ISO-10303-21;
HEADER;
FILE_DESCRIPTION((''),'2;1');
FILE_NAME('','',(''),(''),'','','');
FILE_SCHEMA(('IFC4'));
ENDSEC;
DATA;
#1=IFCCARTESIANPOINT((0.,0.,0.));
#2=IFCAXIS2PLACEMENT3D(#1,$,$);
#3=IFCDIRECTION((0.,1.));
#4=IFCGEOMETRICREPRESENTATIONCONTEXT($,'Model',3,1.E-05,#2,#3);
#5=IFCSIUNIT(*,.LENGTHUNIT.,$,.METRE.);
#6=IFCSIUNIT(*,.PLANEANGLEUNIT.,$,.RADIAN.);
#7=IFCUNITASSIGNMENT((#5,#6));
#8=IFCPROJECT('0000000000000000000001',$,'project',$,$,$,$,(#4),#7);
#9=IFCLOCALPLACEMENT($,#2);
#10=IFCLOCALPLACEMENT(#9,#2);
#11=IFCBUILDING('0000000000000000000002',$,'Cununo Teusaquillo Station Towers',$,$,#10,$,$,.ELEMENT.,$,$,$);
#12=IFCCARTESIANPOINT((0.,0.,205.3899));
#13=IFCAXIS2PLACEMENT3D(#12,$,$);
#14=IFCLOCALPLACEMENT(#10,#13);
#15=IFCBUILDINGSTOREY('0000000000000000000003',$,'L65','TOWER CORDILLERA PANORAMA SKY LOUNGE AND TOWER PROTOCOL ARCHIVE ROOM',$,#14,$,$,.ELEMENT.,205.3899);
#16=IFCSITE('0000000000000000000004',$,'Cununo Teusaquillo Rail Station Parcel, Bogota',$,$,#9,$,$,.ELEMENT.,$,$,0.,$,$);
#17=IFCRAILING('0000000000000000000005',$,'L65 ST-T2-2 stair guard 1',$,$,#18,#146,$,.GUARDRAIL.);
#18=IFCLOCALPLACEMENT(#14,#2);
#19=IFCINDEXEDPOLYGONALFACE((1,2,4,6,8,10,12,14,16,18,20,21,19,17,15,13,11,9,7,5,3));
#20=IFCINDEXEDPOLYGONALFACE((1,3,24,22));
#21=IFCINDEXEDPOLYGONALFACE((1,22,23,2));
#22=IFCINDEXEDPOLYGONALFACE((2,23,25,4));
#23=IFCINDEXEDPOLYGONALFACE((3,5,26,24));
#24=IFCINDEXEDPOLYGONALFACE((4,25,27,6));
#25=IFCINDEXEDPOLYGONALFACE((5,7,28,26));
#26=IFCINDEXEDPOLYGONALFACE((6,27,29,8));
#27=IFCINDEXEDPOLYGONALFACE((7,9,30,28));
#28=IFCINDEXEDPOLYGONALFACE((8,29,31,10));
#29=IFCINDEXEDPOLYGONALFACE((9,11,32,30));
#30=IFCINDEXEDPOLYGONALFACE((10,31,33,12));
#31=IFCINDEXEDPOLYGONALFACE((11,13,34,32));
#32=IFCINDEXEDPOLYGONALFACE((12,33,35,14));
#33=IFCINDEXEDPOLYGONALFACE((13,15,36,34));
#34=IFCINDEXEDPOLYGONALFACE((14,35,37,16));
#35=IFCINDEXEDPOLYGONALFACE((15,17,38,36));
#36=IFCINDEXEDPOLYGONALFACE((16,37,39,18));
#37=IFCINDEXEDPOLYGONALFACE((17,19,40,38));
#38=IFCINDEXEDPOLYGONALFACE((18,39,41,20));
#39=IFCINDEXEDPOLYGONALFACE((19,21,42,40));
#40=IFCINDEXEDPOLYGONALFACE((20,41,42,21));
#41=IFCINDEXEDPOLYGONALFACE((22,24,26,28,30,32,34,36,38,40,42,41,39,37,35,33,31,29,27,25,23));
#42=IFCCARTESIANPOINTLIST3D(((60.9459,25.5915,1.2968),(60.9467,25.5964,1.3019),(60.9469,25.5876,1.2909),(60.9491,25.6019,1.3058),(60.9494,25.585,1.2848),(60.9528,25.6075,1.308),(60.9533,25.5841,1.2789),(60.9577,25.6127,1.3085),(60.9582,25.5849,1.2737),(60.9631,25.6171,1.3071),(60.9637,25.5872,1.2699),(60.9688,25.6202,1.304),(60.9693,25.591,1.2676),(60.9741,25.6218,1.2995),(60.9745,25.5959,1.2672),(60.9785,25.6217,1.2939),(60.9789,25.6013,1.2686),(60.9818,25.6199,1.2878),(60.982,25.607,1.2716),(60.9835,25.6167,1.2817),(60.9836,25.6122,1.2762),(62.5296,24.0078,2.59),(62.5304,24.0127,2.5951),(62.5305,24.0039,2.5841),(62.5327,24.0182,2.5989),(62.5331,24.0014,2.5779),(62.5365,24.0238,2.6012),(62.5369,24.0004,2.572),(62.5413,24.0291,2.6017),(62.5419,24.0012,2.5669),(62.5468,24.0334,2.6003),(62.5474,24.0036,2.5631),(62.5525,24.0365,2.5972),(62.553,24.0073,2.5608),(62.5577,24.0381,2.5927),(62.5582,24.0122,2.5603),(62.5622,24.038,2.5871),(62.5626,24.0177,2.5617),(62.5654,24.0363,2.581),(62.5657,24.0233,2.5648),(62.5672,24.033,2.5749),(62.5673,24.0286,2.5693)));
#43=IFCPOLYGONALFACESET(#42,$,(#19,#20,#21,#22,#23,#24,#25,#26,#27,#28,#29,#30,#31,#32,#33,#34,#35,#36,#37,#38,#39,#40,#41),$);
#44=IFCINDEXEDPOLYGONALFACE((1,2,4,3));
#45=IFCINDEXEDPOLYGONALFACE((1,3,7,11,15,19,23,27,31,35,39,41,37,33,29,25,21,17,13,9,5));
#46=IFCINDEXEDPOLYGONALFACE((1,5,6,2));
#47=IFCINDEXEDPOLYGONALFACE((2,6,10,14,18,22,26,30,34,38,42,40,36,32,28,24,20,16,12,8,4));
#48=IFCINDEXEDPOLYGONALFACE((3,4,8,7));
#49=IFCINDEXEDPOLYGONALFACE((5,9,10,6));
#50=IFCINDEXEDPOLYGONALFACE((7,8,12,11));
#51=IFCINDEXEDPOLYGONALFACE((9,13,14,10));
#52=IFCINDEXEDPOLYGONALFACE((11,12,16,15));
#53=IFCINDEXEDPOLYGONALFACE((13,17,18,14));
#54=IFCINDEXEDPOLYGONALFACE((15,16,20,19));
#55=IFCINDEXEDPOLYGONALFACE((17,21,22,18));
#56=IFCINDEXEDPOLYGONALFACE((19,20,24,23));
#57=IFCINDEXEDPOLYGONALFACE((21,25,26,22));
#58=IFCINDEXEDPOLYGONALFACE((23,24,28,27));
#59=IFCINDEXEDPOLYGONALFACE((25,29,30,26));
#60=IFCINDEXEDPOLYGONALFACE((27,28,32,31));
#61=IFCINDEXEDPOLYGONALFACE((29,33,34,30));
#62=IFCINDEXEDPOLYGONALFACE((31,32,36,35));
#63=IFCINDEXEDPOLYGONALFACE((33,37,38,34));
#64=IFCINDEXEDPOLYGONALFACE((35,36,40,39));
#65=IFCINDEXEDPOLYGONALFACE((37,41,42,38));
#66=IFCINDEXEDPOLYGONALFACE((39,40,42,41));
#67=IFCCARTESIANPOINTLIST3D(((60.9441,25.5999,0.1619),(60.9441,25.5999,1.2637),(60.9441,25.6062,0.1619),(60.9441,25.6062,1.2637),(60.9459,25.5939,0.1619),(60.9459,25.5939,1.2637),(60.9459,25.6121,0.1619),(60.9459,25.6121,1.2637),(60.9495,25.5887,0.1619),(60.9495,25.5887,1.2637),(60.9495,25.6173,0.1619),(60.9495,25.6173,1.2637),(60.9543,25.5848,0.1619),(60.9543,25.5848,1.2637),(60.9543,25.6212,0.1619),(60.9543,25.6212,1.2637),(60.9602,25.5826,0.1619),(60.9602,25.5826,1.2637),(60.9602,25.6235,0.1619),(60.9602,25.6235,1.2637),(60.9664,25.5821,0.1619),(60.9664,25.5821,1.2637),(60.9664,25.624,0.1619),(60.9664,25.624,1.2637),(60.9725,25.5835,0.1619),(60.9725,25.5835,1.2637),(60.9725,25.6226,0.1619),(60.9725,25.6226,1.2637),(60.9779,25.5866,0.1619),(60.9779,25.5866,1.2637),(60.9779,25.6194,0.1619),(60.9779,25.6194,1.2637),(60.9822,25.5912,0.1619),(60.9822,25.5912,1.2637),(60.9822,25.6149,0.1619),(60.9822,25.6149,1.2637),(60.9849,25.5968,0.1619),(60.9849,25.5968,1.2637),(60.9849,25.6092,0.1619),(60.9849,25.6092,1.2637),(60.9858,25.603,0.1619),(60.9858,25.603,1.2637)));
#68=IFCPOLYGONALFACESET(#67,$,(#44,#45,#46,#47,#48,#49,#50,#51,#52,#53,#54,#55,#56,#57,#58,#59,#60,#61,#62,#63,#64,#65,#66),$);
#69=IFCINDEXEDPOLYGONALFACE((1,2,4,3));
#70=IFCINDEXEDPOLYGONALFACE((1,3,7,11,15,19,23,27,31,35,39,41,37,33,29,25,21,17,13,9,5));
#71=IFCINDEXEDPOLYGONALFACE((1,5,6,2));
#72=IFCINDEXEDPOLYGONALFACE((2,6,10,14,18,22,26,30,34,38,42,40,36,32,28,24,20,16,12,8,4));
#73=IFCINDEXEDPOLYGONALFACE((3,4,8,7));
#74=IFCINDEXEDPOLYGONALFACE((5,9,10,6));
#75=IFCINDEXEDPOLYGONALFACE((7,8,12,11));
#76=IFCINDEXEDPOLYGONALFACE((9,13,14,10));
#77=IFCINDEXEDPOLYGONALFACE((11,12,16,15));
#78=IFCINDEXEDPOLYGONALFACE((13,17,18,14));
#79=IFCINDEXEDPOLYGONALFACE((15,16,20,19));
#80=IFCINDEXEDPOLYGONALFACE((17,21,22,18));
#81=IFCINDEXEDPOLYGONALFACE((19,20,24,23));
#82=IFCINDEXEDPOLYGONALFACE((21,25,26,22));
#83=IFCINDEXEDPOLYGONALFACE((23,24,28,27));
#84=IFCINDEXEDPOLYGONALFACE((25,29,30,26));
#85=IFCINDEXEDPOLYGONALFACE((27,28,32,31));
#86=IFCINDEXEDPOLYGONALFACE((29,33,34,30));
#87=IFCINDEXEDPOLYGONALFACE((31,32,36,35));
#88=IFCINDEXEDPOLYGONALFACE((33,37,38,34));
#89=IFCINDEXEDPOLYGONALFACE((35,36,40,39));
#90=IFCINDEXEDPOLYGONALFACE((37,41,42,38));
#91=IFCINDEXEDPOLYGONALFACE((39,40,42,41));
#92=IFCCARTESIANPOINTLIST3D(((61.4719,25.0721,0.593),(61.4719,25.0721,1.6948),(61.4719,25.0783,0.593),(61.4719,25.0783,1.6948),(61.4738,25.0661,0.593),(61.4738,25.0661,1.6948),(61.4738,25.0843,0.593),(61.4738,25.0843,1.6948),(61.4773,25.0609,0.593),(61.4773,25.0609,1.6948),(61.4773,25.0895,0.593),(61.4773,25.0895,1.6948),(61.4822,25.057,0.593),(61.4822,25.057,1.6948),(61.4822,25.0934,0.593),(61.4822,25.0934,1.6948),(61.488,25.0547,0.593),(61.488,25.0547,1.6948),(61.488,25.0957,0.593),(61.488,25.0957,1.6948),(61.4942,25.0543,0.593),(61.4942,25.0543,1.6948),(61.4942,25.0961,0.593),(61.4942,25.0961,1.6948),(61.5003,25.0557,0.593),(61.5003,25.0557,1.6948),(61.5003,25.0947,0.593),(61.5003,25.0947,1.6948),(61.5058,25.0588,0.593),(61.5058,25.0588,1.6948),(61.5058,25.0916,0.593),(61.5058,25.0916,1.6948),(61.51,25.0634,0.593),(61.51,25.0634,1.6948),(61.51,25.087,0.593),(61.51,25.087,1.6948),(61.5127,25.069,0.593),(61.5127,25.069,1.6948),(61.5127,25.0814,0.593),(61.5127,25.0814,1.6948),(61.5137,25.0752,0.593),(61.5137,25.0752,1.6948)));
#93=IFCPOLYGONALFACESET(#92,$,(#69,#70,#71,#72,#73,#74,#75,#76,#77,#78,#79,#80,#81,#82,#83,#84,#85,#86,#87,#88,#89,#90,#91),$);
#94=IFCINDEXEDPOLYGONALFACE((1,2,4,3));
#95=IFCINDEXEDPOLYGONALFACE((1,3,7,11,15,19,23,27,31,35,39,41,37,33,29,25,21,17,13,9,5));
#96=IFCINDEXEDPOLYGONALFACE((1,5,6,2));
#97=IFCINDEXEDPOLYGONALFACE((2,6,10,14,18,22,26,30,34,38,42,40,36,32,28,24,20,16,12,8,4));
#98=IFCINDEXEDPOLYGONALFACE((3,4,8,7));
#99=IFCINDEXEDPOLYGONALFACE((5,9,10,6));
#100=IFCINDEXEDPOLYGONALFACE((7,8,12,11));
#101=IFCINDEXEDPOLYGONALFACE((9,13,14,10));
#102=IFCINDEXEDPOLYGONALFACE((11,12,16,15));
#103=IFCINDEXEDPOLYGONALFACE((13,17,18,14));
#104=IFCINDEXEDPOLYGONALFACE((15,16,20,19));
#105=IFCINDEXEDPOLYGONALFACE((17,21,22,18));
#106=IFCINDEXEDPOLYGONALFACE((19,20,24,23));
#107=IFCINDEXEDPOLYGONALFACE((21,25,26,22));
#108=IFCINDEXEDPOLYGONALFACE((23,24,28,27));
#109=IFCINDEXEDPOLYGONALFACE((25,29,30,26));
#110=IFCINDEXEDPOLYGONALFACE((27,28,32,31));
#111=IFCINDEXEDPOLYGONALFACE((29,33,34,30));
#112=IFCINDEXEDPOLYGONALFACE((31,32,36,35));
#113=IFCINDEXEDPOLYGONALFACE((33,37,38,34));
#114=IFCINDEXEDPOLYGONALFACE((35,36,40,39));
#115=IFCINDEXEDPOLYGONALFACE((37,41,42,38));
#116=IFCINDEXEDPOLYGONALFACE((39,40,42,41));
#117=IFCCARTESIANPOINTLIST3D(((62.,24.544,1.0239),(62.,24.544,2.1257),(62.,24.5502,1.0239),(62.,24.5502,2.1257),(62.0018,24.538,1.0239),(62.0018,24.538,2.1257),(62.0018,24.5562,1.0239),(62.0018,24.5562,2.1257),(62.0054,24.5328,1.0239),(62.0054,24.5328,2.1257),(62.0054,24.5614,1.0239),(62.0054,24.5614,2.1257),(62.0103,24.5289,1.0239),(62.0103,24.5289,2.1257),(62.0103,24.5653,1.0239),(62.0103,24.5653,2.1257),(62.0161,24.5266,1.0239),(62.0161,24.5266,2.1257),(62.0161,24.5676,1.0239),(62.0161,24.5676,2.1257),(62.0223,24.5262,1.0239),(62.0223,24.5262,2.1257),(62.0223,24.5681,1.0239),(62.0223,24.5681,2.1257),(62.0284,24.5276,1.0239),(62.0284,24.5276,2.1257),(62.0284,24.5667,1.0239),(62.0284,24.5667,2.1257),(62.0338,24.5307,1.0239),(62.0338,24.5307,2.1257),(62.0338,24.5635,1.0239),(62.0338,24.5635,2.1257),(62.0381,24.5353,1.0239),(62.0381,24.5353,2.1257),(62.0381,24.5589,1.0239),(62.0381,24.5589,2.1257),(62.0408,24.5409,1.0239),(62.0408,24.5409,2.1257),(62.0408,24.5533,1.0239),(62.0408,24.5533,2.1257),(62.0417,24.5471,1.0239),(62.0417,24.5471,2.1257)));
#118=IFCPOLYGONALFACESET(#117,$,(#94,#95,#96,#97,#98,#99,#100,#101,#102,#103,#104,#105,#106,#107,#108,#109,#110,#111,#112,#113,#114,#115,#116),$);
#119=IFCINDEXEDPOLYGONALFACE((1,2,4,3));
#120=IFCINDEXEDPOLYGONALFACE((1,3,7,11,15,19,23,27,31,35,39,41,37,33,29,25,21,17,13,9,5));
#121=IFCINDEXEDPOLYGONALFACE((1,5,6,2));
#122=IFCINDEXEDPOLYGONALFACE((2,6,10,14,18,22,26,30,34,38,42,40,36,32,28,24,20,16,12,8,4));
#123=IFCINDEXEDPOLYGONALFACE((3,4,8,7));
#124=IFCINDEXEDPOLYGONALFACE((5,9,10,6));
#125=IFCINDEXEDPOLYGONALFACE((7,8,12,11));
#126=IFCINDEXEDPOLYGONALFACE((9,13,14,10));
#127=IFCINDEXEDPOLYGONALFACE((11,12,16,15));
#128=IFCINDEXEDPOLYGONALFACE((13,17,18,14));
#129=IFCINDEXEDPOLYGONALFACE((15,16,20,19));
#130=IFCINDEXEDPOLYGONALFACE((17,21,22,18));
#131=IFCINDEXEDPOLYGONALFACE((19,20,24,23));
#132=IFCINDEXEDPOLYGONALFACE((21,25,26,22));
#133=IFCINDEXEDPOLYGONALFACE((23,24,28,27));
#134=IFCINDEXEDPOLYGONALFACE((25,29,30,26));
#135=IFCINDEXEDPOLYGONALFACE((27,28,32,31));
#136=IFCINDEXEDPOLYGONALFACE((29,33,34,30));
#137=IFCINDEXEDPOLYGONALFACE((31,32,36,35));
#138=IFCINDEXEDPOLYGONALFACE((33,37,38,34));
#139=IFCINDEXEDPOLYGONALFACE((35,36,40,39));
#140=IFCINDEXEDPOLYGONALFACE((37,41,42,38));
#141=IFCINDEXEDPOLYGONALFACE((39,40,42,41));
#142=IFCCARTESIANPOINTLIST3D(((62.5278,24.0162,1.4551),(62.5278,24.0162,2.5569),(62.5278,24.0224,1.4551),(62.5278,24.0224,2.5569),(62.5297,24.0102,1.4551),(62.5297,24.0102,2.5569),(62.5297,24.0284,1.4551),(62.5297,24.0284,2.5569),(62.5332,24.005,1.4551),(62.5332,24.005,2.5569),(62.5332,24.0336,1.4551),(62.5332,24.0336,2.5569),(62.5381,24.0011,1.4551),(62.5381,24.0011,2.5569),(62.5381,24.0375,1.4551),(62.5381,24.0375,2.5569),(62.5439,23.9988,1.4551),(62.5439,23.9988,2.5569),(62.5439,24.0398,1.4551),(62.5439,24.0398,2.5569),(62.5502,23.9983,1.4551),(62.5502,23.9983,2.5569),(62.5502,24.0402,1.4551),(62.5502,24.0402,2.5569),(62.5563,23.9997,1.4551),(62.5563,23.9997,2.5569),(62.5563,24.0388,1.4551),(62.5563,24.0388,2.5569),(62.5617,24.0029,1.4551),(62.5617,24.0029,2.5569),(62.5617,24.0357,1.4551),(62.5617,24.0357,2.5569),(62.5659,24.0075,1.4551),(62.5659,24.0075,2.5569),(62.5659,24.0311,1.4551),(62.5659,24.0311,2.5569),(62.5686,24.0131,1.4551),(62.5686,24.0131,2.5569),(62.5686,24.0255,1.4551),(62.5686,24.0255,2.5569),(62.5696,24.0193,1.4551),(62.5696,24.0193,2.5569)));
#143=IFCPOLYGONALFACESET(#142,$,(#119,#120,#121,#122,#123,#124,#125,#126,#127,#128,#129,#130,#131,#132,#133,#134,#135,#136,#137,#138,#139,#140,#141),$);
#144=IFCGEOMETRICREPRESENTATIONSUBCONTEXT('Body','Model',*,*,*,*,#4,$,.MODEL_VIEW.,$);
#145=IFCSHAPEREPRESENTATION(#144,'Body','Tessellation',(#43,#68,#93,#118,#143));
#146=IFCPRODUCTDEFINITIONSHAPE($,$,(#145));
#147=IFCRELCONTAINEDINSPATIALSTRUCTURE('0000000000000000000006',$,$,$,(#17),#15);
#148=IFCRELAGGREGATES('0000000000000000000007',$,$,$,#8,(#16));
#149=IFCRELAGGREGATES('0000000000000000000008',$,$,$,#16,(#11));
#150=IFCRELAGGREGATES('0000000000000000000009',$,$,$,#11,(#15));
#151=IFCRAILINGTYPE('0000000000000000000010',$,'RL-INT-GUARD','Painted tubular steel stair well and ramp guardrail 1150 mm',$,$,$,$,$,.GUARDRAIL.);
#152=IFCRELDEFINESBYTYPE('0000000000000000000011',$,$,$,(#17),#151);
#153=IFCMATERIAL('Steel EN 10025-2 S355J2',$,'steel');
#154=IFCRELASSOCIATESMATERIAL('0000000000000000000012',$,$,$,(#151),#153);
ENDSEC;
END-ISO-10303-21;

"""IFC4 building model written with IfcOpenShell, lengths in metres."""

from ifc_helpers import new_model, si_unit, direction, frame, origin, origin_2d, place, context, subcontext, project, spatial, circle, extrude, material, type_object, element, save


model = new_model("IFC4")

# Units and contexts
model_context = context("Model", 3, precision=1e-05, world=origin(), true_north=direction((0.0, 1.0)))
body_context = subcontext(model_context, "Body", "Model", "MODEL_VIEW")
ifc_project = project(units=[si_unit("LENGTHUNIT", "METRE"), si_unit("PLANEANGLEUNIT", "RADIAN")], contexts=[model_context])

# Site, building, storey
site_placement = place(None, origin())
site = spatial("IfcSite", under=ifc_project, at=site_placement, Name="Cununo Teusaquillo Rail Station Parcel, Bogota", CompositionType="ELEMENT", RefElevation=0.0)
building_placement = place(site_placement, origin())
building = spatial("IfcBuilding", under=site, at=building_placement, Name="Cununo Teusaquillo Station Towers", CompositionType="ELEMENT")
storey_placement = place(building_placement, frame((0.0, 0.0, 205.3899)))
storey = spatial("IfcBuildingStorey", under=building, at=storey_placement, Name="L65", Description="TOWER CORDILLERA PANORAMA SKY LOUNGE AND TOWER PROTOCOL ARCHIVE ROOM", CompositionType="ELEMENT", Elevation=205.3899)

# Railing
ifc_material_1 = material(Name="Steel EN 10025-2 S355J2", Category="steel")
railing_type_1 = type_object("IfcRailingType", Name="RL-INT-GUARD", Description="Painted tubular steel stair well and ramp guardrail 1150 mm", PredefinedType="GUARDRAIL", material=ifc_material_1)
railing_1_placement = place(storey_placement, frame((60.9648, 25.603, 0.1619)))
element("IfcRailing", 1, at=railing_1_placement, inside=storey, type_object=railing_type_1, Name="L65 ST-T2-2 stair guard 1", PredefinedType="GUARDRAIL", context=body_context, shape_type="SweptSolid", body=[
    extrude(circle(Radius=0.0239, at=origin_2d()), frame((0.0, 0.0, 1.126), z_axis=(0.612361, -0.612361, 0.500027), x_axis=(0.707107, 0.707107, 0.0)), (0.0, 0.0, 1.0), 2.5862),
    extrude(circle(Radius=0.021, at=origin_2d()), origin(), (0.0, 0.0, 1.0), 1.1018),
    extrude(circle(Radius=0.021, at=origin_2d()), frame((0.5278, -0.5278, 0.4312)), (0.0, 0.0, 1.0), 1.1018),
    extrude(circle(Radius=0.021, at=origin_2d()), frame((1.0559, -1.0559, 0.8621)), (0.0, 0.0, 1.0), 1.1018),
    extrude(circle(Radius=0.021, at=origin_2d()), frame((1.5837, -1.5837, 1.2932)), (0.0, 0.0, 1.0), 1.1018),
])

save(model, "model.ifc")
